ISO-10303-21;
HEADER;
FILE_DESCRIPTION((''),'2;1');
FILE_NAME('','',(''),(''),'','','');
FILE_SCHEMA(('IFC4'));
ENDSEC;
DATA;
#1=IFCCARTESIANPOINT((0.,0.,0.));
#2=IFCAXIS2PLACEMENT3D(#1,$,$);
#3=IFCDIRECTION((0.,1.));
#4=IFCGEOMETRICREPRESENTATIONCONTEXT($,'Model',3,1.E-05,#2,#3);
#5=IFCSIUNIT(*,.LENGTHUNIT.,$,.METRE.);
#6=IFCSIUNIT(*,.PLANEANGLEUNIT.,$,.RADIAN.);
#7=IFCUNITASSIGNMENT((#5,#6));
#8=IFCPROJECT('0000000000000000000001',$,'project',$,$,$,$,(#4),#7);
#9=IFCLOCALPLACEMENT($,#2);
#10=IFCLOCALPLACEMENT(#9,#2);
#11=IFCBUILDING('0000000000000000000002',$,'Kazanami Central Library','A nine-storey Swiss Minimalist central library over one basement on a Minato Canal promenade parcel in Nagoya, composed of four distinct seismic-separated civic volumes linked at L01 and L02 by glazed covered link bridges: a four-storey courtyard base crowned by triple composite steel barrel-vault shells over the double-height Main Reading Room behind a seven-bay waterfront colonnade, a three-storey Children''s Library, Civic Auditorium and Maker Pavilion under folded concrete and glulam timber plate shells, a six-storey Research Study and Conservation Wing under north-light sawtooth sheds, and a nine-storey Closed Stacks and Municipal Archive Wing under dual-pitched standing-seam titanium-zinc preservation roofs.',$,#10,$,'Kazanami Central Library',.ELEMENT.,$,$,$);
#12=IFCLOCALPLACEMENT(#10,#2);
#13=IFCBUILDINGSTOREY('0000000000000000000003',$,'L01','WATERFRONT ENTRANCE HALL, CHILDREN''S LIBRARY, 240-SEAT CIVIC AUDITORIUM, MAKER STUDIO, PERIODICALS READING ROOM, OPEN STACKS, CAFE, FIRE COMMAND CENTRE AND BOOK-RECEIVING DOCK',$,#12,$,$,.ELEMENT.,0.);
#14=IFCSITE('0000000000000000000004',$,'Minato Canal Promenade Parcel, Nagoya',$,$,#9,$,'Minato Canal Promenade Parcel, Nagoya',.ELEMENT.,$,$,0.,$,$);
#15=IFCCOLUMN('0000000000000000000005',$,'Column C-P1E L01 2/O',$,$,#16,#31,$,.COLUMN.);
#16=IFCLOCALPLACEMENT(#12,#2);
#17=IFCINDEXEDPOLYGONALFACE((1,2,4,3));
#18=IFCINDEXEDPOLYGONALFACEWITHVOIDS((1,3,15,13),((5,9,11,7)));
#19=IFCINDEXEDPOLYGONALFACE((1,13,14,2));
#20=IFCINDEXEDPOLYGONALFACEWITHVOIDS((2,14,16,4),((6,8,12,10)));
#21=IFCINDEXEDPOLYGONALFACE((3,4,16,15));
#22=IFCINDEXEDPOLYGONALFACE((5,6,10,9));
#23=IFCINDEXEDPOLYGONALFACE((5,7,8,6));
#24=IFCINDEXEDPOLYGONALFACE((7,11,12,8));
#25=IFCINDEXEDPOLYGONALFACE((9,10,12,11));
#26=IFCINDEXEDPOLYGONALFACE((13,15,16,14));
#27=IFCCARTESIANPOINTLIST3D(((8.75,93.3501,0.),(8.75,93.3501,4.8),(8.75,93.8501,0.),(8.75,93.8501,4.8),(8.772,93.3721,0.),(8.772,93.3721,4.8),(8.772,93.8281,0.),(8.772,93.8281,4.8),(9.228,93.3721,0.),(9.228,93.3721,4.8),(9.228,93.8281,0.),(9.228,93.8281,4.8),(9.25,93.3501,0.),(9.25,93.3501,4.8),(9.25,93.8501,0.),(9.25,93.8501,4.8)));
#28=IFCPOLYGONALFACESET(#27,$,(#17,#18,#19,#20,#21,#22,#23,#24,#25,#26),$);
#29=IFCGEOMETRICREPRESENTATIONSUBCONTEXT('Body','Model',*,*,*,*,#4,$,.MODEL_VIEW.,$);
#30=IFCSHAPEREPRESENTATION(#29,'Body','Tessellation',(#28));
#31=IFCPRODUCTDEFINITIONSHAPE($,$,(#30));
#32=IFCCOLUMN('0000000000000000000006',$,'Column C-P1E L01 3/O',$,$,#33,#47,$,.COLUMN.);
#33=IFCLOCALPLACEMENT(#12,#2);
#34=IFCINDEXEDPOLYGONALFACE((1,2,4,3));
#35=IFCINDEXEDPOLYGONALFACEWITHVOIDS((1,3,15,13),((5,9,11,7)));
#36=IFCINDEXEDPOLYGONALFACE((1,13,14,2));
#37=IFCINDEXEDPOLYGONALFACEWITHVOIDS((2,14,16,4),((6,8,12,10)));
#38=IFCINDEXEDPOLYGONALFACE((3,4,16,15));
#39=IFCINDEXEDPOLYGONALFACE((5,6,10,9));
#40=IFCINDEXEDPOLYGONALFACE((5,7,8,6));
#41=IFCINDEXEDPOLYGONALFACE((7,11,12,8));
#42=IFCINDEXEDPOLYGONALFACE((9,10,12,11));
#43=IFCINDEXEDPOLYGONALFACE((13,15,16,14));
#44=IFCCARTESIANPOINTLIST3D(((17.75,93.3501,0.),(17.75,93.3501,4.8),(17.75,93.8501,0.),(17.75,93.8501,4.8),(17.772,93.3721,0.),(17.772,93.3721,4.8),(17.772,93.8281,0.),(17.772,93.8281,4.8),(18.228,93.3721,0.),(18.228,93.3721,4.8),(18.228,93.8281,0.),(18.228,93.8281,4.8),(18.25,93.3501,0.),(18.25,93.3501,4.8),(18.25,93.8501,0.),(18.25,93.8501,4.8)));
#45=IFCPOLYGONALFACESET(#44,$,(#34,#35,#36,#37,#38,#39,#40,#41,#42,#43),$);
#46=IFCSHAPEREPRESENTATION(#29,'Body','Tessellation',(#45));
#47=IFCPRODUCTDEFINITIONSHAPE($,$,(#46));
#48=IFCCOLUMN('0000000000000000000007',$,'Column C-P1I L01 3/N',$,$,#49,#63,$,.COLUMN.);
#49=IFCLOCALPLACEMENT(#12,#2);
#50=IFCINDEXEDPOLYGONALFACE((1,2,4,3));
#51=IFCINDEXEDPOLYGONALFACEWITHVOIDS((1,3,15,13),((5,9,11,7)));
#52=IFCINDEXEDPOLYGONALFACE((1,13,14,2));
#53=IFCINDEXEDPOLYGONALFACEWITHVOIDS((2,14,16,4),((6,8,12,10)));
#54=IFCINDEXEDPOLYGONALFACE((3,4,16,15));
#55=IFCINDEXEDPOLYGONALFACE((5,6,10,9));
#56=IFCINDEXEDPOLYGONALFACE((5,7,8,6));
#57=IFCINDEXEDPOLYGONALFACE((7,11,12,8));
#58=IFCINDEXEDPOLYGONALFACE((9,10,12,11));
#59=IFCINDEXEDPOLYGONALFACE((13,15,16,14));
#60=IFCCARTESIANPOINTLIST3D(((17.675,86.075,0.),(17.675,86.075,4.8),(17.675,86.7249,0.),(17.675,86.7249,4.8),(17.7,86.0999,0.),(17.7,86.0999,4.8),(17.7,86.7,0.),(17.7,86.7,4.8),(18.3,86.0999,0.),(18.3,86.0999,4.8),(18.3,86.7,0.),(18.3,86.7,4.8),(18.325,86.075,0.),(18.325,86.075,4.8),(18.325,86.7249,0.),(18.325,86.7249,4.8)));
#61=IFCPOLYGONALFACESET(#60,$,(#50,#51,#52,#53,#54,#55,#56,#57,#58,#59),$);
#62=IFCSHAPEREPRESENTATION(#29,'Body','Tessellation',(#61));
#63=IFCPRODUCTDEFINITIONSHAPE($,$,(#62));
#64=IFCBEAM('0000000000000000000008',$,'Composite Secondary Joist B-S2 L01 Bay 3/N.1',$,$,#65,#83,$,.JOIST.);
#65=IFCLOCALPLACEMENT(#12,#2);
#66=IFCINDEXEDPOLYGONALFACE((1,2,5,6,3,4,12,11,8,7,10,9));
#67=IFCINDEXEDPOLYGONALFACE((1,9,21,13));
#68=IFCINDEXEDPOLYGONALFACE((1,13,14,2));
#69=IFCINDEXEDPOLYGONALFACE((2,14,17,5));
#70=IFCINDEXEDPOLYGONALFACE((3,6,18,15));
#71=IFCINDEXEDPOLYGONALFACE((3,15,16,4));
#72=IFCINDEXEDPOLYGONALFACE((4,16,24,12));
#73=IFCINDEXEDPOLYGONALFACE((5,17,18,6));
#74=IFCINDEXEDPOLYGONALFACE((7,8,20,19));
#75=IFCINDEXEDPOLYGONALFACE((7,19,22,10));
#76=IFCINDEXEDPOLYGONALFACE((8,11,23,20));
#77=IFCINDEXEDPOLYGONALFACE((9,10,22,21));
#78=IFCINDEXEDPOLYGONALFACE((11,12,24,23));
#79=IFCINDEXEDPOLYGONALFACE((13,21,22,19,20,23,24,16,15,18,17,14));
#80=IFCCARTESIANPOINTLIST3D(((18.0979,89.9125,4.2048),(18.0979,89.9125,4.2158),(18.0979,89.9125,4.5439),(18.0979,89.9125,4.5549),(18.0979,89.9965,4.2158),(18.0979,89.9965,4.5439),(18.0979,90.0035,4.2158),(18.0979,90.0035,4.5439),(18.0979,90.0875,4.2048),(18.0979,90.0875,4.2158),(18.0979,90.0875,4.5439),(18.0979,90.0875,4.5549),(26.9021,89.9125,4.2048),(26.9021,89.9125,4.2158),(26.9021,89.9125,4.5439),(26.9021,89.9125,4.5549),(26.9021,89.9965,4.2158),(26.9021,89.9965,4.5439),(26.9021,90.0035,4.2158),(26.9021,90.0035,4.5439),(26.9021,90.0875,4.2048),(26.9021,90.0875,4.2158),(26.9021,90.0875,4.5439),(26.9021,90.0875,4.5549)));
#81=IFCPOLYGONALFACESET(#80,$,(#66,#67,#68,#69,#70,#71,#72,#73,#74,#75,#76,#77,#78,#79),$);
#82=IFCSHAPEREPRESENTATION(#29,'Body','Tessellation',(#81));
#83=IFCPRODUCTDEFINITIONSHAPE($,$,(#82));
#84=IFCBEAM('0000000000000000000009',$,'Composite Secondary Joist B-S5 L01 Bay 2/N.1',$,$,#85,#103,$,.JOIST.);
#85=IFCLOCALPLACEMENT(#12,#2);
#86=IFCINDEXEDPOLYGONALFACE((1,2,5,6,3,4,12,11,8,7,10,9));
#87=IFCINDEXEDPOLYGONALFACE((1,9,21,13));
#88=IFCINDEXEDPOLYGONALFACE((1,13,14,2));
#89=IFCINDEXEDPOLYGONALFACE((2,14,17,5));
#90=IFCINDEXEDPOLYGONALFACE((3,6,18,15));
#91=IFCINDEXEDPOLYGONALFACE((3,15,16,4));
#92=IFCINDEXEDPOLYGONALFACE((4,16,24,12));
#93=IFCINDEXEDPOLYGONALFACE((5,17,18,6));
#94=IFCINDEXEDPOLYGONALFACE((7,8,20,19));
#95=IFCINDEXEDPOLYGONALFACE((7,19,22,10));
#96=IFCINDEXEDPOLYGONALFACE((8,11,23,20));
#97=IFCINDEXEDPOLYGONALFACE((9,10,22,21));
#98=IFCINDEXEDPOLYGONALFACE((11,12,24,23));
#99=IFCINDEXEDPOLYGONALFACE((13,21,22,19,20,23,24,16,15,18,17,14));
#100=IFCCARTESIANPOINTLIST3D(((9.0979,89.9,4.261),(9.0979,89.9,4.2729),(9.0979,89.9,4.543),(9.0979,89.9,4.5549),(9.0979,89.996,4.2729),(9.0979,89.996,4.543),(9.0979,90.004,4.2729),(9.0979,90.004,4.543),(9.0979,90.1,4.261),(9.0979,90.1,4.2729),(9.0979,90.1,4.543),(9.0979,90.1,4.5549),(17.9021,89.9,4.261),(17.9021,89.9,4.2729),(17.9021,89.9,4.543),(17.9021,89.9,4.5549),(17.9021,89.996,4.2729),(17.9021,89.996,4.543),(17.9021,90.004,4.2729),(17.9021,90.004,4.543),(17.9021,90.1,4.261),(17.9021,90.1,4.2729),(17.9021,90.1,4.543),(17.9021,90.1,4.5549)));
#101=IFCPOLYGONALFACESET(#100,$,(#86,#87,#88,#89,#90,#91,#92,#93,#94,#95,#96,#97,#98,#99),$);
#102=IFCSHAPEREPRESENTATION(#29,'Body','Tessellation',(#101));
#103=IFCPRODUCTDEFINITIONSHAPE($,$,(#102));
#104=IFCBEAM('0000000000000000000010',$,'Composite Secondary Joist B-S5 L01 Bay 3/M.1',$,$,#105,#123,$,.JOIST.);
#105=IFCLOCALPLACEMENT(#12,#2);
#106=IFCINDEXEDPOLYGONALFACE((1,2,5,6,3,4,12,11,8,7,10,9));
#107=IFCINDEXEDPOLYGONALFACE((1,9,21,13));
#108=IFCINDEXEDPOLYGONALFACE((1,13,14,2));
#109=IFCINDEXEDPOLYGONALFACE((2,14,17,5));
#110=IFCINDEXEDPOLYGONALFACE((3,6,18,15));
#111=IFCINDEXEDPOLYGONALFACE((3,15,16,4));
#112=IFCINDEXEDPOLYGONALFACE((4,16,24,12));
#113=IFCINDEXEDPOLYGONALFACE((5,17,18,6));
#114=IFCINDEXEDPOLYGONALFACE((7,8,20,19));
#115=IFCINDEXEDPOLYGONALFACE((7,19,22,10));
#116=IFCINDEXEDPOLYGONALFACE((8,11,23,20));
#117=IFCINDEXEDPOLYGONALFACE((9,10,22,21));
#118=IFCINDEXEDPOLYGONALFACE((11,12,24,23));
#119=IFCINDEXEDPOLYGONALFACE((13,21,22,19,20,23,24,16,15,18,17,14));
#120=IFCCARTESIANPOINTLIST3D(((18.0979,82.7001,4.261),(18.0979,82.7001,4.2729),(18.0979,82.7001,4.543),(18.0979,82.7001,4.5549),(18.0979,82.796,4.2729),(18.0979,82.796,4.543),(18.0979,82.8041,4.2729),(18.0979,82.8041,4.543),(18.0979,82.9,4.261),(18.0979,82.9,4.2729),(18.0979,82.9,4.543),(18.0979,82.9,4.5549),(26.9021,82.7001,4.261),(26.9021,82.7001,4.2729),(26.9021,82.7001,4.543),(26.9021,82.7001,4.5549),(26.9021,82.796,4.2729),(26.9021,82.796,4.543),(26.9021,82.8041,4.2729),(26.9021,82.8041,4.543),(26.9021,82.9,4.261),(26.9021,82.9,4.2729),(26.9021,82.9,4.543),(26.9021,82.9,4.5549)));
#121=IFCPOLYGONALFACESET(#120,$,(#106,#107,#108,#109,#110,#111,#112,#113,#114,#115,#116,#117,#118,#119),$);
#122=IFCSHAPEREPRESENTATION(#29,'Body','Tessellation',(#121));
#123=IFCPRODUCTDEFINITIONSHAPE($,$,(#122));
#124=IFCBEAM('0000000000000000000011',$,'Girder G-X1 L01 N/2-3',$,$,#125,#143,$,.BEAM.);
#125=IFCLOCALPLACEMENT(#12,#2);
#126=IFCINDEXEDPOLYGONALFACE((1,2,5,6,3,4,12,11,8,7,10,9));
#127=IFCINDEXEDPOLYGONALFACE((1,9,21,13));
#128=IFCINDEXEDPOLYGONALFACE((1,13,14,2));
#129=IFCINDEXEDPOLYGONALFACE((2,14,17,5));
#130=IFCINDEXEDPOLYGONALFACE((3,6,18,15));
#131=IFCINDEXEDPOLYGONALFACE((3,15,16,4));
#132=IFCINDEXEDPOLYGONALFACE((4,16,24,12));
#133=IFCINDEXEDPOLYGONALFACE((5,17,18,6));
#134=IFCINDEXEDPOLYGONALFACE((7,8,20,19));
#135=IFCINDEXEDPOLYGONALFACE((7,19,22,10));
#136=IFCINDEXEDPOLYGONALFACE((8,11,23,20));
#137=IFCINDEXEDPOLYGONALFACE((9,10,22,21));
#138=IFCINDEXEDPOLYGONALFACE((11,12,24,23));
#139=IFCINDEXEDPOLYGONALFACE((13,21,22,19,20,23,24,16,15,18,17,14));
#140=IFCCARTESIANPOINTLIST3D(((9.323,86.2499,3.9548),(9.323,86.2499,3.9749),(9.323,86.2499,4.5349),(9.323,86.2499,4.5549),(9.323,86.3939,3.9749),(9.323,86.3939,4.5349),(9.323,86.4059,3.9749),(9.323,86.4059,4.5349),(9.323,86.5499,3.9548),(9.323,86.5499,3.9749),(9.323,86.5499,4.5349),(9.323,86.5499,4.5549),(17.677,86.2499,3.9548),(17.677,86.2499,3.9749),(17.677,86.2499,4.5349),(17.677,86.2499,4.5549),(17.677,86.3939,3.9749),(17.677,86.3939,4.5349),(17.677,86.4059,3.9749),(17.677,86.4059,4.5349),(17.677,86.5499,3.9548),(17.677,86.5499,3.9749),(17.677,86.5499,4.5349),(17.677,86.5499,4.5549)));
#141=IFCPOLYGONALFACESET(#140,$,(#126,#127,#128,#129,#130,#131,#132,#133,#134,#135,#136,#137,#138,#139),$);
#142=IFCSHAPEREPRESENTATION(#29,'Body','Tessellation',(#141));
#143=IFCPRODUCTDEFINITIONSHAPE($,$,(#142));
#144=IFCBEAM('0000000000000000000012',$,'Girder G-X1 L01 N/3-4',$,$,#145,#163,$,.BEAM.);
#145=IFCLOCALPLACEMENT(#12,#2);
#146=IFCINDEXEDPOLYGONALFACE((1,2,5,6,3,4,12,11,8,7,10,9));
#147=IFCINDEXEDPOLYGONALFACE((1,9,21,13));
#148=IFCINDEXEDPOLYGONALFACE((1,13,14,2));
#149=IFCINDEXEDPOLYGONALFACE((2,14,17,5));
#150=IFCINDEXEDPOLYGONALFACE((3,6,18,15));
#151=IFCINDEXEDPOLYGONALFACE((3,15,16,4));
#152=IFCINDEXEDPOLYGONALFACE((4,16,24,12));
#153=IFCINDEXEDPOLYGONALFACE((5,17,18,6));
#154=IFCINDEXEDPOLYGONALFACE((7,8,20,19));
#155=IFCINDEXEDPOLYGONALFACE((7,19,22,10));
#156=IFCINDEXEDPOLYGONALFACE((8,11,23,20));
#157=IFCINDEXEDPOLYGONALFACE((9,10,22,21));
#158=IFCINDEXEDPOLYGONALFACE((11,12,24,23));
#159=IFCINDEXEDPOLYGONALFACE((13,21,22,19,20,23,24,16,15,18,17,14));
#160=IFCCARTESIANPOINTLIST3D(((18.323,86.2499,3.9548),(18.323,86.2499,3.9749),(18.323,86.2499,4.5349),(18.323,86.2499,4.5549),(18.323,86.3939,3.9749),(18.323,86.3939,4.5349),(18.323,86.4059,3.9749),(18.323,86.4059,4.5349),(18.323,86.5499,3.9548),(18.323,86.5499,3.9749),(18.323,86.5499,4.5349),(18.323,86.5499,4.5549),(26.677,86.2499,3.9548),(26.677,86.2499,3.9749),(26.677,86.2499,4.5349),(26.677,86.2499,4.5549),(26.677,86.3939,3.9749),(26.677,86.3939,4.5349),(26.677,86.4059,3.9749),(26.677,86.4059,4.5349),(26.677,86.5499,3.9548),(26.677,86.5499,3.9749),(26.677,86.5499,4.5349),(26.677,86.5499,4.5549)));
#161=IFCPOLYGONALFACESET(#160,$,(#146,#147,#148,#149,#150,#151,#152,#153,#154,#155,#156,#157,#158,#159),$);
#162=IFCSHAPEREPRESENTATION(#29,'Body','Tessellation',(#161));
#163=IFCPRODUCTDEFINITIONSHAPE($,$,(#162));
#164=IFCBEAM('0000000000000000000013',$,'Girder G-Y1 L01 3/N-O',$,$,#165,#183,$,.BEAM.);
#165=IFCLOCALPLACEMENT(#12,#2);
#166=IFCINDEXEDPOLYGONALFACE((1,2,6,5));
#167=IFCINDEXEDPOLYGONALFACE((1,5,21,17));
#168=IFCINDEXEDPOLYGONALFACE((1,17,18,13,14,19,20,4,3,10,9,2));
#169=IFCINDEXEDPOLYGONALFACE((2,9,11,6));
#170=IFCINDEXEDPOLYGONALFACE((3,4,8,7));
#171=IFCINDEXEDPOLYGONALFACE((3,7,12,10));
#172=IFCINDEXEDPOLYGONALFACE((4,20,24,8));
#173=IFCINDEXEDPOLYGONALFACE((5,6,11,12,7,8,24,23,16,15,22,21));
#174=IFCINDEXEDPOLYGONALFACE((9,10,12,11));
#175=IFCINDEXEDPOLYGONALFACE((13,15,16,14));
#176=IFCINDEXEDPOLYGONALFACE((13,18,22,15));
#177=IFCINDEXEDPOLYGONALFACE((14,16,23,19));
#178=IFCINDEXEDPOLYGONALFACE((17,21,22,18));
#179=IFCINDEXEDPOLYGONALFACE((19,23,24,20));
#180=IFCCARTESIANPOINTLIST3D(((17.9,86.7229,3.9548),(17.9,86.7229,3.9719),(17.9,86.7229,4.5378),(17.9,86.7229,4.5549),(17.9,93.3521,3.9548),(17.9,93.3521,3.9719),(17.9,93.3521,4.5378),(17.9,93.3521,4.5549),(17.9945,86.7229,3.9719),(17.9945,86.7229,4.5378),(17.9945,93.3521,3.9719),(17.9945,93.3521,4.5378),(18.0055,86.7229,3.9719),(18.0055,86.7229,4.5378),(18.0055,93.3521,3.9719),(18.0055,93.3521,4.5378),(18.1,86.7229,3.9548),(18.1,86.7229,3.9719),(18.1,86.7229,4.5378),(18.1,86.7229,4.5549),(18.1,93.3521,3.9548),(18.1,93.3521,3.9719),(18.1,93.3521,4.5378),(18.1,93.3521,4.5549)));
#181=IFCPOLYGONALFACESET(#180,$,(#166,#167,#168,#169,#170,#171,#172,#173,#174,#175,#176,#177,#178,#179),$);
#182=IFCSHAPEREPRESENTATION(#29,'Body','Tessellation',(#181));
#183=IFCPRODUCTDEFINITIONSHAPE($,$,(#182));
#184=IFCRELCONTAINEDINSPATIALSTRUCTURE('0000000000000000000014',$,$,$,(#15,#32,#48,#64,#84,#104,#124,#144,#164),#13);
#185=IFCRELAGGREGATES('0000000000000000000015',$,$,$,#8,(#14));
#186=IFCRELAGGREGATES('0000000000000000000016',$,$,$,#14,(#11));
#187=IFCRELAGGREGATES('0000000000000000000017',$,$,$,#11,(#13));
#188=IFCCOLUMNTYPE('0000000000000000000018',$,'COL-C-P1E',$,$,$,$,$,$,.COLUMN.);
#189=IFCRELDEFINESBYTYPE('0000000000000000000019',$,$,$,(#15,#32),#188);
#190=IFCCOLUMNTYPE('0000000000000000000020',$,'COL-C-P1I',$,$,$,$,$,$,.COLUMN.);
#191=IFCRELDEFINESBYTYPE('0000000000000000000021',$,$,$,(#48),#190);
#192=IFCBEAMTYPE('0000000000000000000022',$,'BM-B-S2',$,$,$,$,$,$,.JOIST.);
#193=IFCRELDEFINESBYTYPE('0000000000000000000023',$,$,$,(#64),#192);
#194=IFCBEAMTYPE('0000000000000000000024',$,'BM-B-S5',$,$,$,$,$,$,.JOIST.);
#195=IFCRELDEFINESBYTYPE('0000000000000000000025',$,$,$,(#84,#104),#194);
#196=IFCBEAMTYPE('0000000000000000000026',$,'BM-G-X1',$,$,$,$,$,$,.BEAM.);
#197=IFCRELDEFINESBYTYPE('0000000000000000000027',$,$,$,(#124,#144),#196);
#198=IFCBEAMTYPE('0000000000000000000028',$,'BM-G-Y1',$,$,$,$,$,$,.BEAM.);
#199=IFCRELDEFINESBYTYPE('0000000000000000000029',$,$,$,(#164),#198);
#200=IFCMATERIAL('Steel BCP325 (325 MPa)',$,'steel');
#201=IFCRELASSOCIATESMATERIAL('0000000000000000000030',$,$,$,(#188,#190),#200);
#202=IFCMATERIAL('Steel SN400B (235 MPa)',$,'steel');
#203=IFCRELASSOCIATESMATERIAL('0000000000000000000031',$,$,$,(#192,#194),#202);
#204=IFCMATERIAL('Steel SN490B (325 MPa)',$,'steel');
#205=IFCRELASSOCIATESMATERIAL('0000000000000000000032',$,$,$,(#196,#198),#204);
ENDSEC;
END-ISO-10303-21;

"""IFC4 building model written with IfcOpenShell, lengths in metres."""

from ifc_helpers import new_model, si_unit, direction, frame, origin, origin_2d, place, context, subcontext, project, spatial, hollow_rectangle, i_section, extrude, material, material_profile, profile_set, type_object, element, save


model = new_model("IFC4")

# Units and contexts
model_context = context("Model", 3, precision=1e-05, world=origin(), true_north=direction((0.0, 1.0)))
body_context = subcontext(model_context, "Body", "Model", "MODEL_VIEW")
ifc_project = project(units=[si_unit("LENGTHUNIT", "METRE"), si_unit("PLANEANGLEUNIT", "RADIAN")], contexts=[model_context])

# Site, building, storey
site_placement = place(None, origin())
site = spatial("IfcSite", under=ifc_project, at=site_placement, Name="Minato Canal Promenade Parcel, Nagoya", LongName="Minato Canal Promenade Parcel, Nagoya", CompositionType="ELEMENT", RefElevation=0.0)
building_placement = place(site_placement, origin())
building = spatial("IfcBuilding", under=site, at=building_placement, Name="Kazanami Central Library", Description="A nine-storey Swiss Minimalist central library over one basement on a Minato Canal promenade parcel in Nagoya, composed of four distinct seismic-separated civic volumes linked at L01 and L02 by glazed covered link bridges: a four-storey courtyard base crowned by triple composite steel barrel-vault shells over the double-height Main Reading Room behind a seven-bay waterfront colonnade, a three-storey Children's Library, Civic Auditorium and Maker Pavilion under folded concrete and glulam timber plate shells, a six-storey Research Study and Conservation Wing under north-light sawtooth sheds, and a nine-storey Closed Stacks and Municipal Archive Wing under dual-pitched standing-seam titanium-zinc preservation roofs.", LongName="Kazanami Central Library", CompositionType="ELEMENT")
storey_placement = place(building_placement, origin())
storey = spatial("IfcBuildingStorey", under=building, at=storey_placement, Name="L01", Description="WATERFRONT ENTRANCE HALL, CHILDREN'S LIBRARY, 240-SEAT CIVIC AUDITORIUM, MAKER STUDIO, PERIODICALS READING ROOM, OPEN STACKS, CAFE, FIRE COMMAND CENTRE AND BOOK-RECEIVING DOCK", CompositionType="ELEMENT", Elevation=0.0)

# Columns
ifc_material_1 = material(Name="Steel BCP325 (325 MPa)", Category="steel")
ifc_material_profile_1 = material_profile(ifc_material_1, hollow_rectangle(XDim=0.5, YDim=0.5, WallThickness=0.022, at=origin_2d()), Name="BCP-500x500x22")
ifc_profile_set_1 = profile_set([ifc_material_profile_1], Name="Steel BCP325 (325 MPa)")
column_type_1 = type_object("IfcColumnType", Name="COL-C-P1E", PredefinedType="COLUMN", material=ifc_profile_set_1)
for number, where, z_axis, x_axis, name in (
    (1, (9.0, 93.6001, 0.0), (0.0, 0.0, 1.0), (1.0, 0.0, 0.0), "Column C-P1E L01 2/O"),
    (2, (18.0, 93.6001, 0.0), (0.0, 0.0, 1.0), (1.0, 0.0, 0.0), "Column C-P1E L01 3/O"),
):
    element("IfcColumn", number, at=place(storey_placement, frame(where, z_axis=z_axis, x_axis=x_axis)), inside=storey, type_object=column_type_1, Name=name, PredefinedType="COLUMN", context=body_context, shape_type="SweptSolid", body=[
        extrude(hollow_rectangle(XDim=0.5, YDim=0.5, WallThickness=0.022, at=origin_2d()), origin(), (0.0, 0.0, 1.0), 4.8),
    ])
ifc_material_profile_2 = material_profile(ifc_material_1, hollow_rectangle(XDim=0.6499, YDim=0.6499, WallThickness=0.0249, at=origin_2d()), Name="BCP-650x650x25")
ifc_profile_set_2 = profile_set([ifc_material_profile_2], Name="Steel BCP325 (325 MPa)")
column_type_2 = type_object("IfcColumnType", Name="COL-C-P1I", PredefinedType="COLUMN", material=ifc_profile_set_2)
column_placement = place(storey_placement, frame((18.0, 86.3999, 0.0), z_axis=(0.0, 0.0, 1.0), x_axis=(1.0, 0.0, 0.0)))
element("IfcColumn", 3, at=column_placement, inside=storey, type_object=column_type_2, Name="Column C-P1I L01 3/N", PredefinedType="COLUMN", context=body_context, shape_type="SweptSolid", body=[
    extrude(hollow_rectangle(XDim=0.6499, YDim=0.6499, WallThickness=0.0249, at=origin_2d()), origin(), (0.0, 0.0, 1.0), 4.8),
])

# Beams
ifc_material_2 = material(Name="Steel SN400B (235 MPa)", Category="steel")
ifc_material_profile_3 = material_profile(ifc_material_2, i_section(OverallWidth=0.175, OverallDepth=0.3501, WebThickness=0.0071, FlangeThickness=0.011, at=origin_2d()), Name="H-350x175x7x11")
ifc_profile_set_3 = profile_set([ifc_material_profile_3], Name="Steel SN400B (235 MPa)")
beam_type_1 = type_object("IfcBeamType", Name="BM-B-S2", PredefinedType="JOIST", material=ifc_profile_set_3)
beam_1_placement = place(storey_placement, frame((18.0979, 90.0, 4.3799), z_axis=(1.0, 0.0, 0.0), x_axis=(0.0, 1.0, 0.0)))
element("IfcBeam", 4, at=beam_1_placement, inside=storey, type_object=beam_type_1, Name="Composite Secondary Joist B-S2 L01 Bay 3/N.1", PredefinedType="JOIST", context=body_context, shape_type="SweptSolid", body=[
    extrude(i_section(OverallWidth=0.175, OverallDepth=0.3501, WebThickness=0.0071, FlangeThickness=0.011, at=origin_2d()), origin(), (0.0, 0.0, 1.0), 8.8042),
])
ifc_material_profile_4 = material_profile(ifc_material_2, i_section(OverallWidth=0.2, OverallDepth=0.2939, WebThickness=0.0081, FlangeThickness=0.012, at=origin_2d()), Name="H-294x200x8x12")
ifc_profile_set_4 = profile_set([ifc_material_profile_4], Name="Steel SN400B (235 MPa)")
beam_type_2 = type_object("IfcBeamType", Name="BM-B-S5", PredefinedType="JOIST", material=ifc_profile_set_4)
for number, where, z_axis, x_axis, name in (
    (5, (9.0979, 90.0, 4.408), (1.0, 0.0, 0.0), (0.0, 1.0, 0.0), "Composite Secondary Joist B-S5 L01 Bay 2/N.1"),
    (6, (18.0979, 82.8, 4.408), (1.0, 0.0, 0.0), (0.0, 1.0, 0.0), "Composite Secondary Joist B-S5 L01 Bay 3/M.1"),
):
    element("IfcBeam", number, at=place(storey_placement, frame(where, z_axis=z_axis, x_axis=x_axis)), inside=storey, type_object=beam_type_2, Name=name, PredefinedType="JOIST", context=body_context, shape_type="SweptSolid", body=[
        extrude(i_section(OverallWidth=0.2, OverallDepth=0.2939, WebThickness=0.0081, FlangeThickness=0.012, at=origin_2d()), origin(), (0.0, 0.0, 1.0), 8.8042),
    ])
ifc_material_3 = material(Name="Steel SN490B (325 MPa)", Category="steel")
ifc_material_profile_5 = material_profile(ifc_material_3, i_section(OverallWidth=0.3, OverallDepth=0.6001, WebThickness=0.012, FlangeThickness=0.02, at=origin_2d()), Name="H-600x300x12x20")
ifc_profile_set_5 = profile_set([ifc_material_profile_5], Name="Steel SN490B (325 MPa)")
beam_type_3 = type_object("IfcBeamType", Name="BM-G-X1", PredefinedType="BEAM", material=ifc_profile_set_5)
for number, where, z_axis, x_axis, name in (
    (7, (9.323, 86.3999, 4.2549), (1.0, 0.0, 0.0), (0.0, 1.0, 0.0), "Girder G-X1 L01 N/2-3"),
    (8, (18.323, 86.3999, 4.2549), (1.0, 0.0, 0.0), (0.0, 1.0, 0.0), "Girder G-X1 L01 N/3-4"),
):
    element("IfcBeam", number, at=place(storey_placement, frame(where, z_axis=z_axis, x_axis=x_axis)), inside=storey, type_object=beam_type_3, Name=name, PredefinedType="BEAM", context=body_context, shape_type="SweptSolid", body=[
        extrude(i_section(OverallWidth=0.3, OverallDepth=0.6001, WebThickness=0.012, FlangeThickness=0.02, at=origin_2d()), origin(), (0.0, 0.0, 1.0), 8.354),
    ])
ifc_material_profile_6 = material_profile(ifc_material_3, i_section(OverallWidth=0.2, OverallDepth=0.6001, WebThickness=0.011, FlangeThickness=0.0171, at=origin_2d()), Name="H-600x200x11x17")
ifc_profile_set_6 = profile_set([ifc_material_profile_6], Name="Steel SN490B (325 MPa)")
beam_type_4 = type_object("IfcBeamType", Name="BM-G-Y1", PredefinedType="BEAM", material=ifc_profile_set_6)
beam_2_placement = place(storey_placement, frame((18.0, 86.7229, 4.2549), z_axis=(0.0, 1.0, 0.0), x_axis=(-1.0, 0.0, 0.0)))
element("IfcBeam", 9, at=beam_2_placement, inside=storey, type_object=beam_type_4, Name="Girder G-Y1 L01 3/N-O", PredefinedType="BEAM", context=body_context, shape_type="SweptSolid", body=[
    extrude(i_section(OverallWidth=0.2, OverallDepth=0.6001, WebThickness=0.011, FlangeThickness=0.0171, at=origin_2d()), origin(), (0.0, 0.0, 1.0), 6.6292),
])

save(model, "model.ifc")
